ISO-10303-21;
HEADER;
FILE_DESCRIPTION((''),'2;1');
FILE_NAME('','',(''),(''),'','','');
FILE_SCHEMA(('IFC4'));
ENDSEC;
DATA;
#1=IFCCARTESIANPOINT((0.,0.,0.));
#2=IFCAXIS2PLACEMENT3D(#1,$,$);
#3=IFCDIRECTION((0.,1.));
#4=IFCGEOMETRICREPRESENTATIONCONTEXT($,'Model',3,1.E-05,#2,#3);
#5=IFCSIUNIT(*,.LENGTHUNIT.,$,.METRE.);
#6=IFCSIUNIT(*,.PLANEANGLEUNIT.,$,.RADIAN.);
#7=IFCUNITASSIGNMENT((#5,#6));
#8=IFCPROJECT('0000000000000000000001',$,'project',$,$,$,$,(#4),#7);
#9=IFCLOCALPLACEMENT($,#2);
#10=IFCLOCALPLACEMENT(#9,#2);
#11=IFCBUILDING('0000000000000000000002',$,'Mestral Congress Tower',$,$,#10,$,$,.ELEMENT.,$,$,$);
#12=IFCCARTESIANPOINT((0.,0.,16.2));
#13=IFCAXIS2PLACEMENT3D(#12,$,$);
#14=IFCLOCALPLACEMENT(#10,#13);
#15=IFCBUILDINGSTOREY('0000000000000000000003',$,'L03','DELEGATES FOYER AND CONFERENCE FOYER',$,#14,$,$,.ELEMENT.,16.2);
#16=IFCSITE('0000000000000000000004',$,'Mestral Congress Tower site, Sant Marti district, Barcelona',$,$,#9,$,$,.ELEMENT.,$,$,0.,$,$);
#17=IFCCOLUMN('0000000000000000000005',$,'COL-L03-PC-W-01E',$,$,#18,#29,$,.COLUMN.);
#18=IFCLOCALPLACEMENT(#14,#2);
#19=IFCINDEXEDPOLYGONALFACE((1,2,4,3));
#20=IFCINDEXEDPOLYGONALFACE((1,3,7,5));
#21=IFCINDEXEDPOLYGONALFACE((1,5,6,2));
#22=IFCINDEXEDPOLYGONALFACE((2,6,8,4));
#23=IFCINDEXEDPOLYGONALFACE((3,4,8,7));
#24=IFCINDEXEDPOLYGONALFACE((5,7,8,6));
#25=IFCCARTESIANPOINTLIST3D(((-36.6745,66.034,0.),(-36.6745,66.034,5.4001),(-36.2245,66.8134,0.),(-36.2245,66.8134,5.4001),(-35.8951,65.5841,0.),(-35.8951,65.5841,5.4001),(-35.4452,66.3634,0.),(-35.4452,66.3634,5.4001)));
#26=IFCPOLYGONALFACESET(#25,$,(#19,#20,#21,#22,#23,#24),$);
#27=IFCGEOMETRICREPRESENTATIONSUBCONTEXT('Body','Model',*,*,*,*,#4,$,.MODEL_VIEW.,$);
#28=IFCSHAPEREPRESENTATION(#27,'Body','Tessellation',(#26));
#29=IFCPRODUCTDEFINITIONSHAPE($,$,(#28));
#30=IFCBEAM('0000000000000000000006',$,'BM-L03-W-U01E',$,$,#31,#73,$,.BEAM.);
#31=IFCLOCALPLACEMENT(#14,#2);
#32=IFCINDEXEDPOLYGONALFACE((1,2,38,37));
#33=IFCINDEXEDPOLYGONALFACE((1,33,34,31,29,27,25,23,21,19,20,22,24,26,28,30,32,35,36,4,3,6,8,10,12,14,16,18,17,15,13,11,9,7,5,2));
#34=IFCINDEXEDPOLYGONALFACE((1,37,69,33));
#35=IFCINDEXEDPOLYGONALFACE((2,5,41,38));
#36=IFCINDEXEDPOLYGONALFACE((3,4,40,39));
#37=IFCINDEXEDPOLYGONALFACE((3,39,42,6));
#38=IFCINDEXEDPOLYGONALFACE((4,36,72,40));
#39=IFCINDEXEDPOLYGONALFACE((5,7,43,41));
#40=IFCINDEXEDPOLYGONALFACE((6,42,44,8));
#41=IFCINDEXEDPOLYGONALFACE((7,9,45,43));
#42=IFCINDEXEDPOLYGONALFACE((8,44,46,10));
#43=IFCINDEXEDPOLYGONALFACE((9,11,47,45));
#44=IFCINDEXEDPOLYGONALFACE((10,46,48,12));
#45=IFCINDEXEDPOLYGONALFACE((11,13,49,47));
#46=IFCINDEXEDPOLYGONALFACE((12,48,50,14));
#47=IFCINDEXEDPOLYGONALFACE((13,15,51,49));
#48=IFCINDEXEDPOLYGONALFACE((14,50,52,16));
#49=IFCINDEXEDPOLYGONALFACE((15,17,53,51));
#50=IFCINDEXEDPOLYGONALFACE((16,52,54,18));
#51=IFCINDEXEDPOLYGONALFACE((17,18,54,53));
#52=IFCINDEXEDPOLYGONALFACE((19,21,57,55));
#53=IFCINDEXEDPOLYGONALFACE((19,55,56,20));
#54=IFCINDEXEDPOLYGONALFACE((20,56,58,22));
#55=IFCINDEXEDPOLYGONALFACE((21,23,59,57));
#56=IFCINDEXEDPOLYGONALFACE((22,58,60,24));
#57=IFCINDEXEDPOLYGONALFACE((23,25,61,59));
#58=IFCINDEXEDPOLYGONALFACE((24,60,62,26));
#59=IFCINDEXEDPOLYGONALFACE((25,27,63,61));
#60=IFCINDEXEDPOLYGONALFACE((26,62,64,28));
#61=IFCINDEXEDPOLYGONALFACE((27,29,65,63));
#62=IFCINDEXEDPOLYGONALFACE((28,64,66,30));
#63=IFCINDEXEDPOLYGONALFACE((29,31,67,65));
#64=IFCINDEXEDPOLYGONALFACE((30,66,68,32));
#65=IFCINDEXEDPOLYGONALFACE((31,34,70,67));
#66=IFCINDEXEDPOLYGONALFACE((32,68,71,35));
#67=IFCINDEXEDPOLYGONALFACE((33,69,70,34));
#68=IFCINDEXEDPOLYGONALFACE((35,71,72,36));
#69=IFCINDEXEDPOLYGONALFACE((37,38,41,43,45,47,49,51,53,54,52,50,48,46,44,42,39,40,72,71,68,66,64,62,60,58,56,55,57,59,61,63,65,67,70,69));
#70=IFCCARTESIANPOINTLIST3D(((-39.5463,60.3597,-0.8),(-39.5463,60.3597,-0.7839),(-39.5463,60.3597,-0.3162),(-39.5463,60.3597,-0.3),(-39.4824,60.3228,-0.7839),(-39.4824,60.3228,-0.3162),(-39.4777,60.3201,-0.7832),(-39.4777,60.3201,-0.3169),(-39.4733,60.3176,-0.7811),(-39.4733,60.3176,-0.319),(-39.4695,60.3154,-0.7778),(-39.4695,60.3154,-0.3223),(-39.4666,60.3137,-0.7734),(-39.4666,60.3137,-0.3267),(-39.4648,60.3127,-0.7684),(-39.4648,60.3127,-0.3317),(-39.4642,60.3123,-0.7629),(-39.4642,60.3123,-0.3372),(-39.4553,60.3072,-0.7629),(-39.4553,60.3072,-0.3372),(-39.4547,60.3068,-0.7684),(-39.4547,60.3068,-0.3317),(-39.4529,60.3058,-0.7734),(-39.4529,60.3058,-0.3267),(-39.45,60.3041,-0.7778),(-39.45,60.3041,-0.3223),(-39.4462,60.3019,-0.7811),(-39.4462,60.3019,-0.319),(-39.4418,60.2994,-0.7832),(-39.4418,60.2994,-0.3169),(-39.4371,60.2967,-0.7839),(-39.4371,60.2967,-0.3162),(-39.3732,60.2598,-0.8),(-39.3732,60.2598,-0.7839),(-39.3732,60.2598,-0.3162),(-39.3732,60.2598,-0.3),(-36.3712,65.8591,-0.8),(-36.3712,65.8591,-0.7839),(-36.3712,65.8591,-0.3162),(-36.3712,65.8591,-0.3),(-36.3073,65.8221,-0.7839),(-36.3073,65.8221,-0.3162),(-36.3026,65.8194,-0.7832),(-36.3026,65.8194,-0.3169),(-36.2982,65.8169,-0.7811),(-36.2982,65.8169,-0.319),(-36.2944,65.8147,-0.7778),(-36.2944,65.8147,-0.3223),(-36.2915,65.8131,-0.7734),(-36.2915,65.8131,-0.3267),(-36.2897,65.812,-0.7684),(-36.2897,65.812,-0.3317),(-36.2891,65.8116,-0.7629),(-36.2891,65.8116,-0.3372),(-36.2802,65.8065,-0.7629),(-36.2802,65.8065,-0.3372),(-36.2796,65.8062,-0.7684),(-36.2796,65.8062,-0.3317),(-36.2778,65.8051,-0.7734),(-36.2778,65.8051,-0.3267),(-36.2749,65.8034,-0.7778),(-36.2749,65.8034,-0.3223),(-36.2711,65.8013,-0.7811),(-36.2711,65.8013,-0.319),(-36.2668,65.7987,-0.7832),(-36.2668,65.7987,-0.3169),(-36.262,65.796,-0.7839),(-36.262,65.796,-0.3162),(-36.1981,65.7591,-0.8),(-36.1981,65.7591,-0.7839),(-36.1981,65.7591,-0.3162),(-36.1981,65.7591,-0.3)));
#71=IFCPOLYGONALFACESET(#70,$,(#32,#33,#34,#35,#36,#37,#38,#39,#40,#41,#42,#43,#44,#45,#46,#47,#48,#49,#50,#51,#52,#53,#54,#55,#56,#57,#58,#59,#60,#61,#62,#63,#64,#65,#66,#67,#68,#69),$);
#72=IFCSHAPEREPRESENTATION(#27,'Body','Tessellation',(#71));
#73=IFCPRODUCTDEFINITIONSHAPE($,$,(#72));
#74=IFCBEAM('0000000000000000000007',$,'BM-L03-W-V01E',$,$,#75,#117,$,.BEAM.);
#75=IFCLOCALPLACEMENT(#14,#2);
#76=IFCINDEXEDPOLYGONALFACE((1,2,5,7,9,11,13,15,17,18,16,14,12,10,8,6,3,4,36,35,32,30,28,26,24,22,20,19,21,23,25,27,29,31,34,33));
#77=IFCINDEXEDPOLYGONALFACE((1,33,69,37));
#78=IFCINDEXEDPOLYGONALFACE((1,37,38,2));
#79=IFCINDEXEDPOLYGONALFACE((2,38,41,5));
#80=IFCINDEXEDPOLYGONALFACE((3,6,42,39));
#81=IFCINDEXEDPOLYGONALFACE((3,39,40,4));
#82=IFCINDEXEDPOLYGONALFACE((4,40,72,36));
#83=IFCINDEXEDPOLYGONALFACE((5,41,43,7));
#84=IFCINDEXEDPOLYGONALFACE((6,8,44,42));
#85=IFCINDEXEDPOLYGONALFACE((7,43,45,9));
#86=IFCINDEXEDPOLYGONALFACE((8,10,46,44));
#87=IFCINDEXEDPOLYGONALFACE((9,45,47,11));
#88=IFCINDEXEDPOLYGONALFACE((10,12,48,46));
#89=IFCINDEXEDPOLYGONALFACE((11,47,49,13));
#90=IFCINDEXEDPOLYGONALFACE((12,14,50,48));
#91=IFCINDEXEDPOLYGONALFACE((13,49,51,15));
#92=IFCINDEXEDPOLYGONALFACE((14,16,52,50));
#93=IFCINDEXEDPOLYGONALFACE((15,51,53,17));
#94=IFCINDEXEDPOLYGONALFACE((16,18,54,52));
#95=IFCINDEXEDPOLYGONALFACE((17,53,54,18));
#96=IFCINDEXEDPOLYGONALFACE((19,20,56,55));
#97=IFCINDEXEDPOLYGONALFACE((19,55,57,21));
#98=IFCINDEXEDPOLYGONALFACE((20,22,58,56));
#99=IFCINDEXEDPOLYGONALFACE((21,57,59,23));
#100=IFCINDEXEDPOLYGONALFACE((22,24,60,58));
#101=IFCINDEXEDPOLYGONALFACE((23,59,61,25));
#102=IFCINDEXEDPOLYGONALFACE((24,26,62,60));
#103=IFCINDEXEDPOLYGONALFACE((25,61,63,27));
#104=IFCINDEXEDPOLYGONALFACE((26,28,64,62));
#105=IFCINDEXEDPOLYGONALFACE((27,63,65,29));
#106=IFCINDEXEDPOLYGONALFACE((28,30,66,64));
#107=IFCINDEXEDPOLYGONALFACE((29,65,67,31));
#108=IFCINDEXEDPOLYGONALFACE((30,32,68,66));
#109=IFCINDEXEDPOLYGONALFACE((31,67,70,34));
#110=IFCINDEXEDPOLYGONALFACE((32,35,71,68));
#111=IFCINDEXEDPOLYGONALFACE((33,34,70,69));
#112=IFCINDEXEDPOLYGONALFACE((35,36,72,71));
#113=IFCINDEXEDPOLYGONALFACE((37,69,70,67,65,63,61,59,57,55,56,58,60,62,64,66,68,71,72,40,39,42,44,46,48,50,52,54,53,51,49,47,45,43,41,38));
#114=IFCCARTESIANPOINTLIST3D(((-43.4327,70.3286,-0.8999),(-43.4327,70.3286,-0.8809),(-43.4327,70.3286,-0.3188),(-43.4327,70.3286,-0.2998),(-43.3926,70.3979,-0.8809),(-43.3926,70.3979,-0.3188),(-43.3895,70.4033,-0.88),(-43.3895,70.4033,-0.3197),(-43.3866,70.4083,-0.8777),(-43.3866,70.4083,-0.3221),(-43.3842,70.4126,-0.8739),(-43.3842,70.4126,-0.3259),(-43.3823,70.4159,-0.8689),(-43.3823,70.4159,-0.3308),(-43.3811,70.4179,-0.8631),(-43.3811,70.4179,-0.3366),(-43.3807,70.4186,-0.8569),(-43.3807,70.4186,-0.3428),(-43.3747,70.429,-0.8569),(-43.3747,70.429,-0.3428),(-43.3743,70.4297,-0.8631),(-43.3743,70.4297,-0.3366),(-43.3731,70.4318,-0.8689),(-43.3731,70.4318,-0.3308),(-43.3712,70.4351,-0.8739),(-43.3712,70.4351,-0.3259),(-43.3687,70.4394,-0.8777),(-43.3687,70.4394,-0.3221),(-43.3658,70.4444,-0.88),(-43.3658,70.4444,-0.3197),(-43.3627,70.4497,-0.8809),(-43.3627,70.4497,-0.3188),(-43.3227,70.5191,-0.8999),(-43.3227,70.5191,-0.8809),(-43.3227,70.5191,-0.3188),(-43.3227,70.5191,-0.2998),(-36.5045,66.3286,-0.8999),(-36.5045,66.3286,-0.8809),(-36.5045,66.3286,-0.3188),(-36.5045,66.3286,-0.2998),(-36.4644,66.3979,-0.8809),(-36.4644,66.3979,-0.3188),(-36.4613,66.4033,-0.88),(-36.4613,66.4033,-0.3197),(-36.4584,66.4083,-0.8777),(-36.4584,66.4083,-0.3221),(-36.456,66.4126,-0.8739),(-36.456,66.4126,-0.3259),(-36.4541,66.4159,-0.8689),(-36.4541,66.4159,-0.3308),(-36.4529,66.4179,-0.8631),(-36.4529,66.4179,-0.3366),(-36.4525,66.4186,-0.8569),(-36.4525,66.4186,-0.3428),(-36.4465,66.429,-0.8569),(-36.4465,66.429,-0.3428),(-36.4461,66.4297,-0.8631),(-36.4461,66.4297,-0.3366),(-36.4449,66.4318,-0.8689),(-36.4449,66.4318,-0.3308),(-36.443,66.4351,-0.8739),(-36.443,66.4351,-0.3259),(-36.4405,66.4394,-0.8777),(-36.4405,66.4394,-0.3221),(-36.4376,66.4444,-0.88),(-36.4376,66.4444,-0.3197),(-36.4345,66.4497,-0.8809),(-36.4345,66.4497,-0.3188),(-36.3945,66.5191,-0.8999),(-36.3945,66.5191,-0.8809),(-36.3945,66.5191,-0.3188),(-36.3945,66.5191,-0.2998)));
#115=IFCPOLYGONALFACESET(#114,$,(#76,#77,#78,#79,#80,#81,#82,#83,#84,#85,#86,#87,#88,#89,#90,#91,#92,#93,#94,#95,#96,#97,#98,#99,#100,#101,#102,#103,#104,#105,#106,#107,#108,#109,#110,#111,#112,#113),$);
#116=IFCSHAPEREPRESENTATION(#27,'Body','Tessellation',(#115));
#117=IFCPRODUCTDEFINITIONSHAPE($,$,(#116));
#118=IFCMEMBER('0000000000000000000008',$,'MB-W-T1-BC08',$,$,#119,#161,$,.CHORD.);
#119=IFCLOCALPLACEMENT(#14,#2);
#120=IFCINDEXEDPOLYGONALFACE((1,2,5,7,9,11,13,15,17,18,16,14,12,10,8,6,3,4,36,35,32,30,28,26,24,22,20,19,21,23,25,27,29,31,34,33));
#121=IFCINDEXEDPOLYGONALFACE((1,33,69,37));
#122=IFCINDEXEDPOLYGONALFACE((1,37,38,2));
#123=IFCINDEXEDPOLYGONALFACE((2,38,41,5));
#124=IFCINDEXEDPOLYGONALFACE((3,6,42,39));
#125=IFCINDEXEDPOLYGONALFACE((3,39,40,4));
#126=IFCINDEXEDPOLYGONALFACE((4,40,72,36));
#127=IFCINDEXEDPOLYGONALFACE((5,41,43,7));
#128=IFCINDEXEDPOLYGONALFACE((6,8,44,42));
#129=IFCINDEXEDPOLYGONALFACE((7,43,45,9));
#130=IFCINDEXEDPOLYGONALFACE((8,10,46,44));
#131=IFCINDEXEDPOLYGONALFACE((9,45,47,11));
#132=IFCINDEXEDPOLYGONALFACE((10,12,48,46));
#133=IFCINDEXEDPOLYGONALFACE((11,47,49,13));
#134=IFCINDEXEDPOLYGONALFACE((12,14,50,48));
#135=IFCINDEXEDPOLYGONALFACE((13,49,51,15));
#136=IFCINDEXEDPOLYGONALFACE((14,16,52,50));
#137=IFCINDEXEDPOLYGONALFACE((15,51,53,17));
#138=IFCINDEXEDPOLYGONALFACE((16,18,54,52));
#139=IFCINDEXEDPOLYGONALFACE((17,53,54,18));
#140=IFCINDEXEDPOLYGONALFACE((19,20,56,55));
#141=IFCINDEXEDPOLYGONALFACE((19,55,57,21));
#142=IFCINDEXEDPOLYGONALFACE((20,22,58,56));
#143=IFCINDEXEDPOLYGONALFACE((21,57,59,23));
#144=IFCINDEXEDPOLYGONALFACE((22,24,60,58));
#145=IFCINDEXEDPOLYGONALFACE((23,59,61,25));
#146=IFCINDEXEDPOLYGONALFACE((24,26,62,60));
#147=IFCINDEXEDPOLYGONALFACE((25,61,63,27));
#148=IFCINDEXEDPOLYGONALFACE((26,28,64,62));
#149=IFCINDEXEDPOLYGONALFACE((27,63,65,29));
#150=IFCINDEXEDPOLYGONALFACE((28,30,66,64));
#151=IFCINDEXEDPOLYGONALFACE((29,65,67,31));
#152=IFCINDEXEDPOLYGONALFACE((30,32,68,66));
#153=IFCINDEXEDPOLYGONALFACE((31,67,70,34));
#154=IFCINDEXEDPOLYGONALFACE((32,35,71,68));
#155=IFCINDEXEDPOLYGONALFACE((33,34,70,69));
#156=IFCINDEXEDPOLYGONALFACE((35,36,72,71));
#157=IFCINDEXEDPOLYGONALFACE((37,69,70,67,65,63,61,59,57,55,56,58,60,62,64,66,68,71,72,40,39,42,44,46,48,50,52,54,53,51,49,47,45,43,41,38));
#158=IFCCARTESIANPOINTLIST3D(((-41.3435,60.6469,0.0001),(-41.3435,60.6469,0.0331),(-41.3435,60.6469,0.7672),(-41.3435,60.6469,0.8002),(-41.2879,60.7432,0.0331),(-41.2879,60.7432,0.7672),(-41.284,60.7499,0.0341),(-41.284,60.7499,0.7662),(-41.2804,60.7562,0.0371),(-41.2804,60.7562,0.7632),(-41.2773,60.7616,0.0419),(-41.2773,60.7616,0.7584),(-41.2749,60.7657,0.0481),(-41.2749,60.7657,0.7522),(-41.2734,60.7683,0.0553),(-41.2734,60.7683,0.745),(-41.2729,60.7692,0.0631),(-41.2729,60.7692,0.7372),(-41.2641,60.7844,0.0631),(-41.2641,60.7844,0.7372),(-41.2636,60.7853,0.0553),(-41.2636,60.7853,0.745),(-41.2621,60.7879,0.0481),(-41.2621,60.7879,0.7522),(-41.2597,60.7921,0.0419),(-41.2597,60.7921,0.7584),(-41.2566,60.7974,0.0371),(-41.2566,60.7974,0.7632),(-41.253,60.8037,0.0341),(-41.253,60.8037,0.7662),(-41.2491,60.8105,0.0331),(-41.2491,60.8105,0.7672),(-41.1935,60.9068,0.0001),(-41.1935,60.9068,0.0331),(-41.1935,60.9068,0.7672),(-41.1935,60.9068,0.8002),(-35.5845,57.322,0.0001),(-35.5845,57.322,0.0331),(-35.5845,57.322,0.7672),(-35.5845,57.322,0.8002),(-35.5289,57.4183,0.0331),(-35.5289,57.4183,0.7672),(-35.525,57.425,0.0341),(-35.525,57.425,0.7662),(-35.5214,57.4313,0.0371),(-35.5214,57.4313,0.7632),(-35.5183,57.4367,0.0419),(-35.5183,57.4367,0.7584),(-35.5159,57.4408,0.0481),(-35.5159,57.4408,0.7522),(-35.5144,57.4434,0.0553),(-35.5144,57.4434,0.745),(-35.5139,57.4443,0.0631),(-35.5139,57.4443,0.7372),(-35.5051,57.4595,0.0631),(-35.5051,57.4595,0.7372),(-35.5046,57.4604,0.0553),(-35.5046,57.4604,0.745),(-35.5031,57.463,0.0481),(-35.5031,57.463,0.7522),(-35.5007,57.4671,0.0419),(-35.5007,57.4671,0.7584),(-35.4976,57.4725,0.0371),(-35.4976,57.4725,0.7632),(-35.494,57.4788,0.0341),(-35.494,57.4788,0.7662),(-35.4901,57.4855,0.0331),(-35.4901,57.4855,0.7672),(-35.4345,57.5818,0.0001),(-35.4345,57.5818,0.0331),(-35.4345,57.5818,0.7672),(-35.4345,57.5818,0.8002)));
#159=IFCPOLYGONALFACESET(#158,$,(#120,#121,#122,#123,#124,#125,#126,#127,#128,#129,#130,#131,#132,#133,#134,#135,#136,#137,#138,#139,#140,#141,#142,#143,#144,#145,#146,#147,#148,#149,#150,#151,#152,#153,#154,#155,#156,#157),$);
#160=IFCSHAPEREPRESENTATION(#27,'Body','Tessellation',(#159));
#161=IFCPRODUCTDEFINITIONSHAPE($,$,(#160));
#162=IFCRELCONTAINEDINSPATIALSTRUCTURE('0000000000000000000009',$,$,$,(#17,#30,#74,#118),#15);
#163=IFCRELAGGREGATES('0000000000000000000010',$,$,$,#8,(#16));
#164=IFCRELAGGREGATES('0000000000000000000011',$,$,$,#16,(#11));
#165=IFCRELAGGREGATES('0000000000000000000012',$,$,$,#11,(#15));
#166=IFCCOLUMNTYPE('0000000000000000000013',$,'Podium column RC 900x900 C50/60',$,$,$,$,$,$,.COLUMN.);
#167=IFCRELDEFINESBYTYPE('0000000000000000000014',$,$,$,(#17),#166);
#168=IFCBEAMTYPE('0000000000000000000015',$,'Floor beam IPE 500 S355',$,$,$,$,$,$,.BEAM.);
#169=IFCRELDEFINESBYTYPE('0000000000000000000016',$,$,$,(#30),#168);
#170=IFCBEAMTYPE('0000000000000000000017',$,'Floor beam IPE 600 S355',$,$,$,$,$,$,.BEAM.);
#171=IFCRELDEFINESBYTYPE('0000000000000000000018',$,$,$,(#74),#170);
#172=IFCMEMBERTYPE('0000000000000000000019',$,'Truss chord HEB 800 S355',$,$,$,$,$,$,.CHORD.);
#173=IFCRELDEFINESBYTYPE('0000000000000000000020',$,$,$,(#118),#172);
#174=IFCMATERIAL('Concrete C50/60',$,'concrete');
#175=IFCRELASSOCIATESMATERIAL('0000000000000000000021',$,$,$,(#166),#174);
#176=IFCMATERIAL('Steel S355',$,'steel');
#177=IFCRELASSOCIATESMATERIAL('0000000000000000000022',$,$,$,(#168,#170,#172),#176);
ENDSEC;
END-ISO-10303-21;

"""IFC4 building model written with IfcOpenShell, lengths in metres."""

from ifc_helpers import new_model, si_unit, direction, frame, origin, origin_2d, place, context, subcontext, project, spatial, rectangle, i_section, extrude, material, material_profile, profile_set, type_object, element, save


model = new_model("IFC4")

# Units and contexts
model_context = context("Model", 3, precision=1e-05, world=origin(), true_north=direction((0.0, 1.0)))
body_context = subcontext(model_context, "Body", "Model", "MODEL_VIEW")
ifc_project = project(units=[si_unit("LENGTHUNIT", "METRE"), si_unit("PLANEANGLEUNIT", "RADIAN")], contexts=[model_context])

# Site, building, storey
site_placement = place(None, origin())
site = spatial("IfcSite", under=ifc_project, at=site_placement, Name="Mestral Congress Tower site, Sant Marti district, Barcelona", CompositionType="ELEMENT", RefElevation=0.0)
building_placement = place(site_placement, origin())
building = spatial("IfcBuilding", under=site, at=building_placement, Name="Mestral Congress Tower", CompositionType="ELEMENT")
storey_placement = place(building_placement, frame((0.0, 0.0, 16.2)))
storey = spatial("IfcBuildingStorey", under=building, at=storey_placement, Name="L03", Description="DELEGATES FOYER AND CONFERENCE FOYER", CompositionType="ELEMENT", Elevation=16.2)

# Column
ifc_material_1 = material(Name="Concrete C50/60", Category="concrete")
ifc_material_profile_1 = material_profile(ifc_material_1, rectangle(XDim=0.8999, YDim=0.8999, at=origin_2d()), Name="RC 900x900")
ifc_profile_set_1 = profile_set([ifc_material_profile_1], Name="Concrete C50/60")
column_type = type_object("IfcColumnType", Name="Podium column RC 900x900 C50/60", PredefinedType="COLUMN", material=ifc_profile_set_1)
column_placement = place(storey_placement, frame((-36.0598, 66.1987, 0.0), z_axis=(0.0, 0.0, 1.0), x_axis=(-0.5, -0.866025, 0.0)))
element("IfcColumn", 1, at=column_placement, inside=storey, type_object=column_type, Name="COL-L03-PC-W-01E", PredefinedType="COLUMN", context=body_context, shape_type="SweptSolid", body=[
    extrude(rectangle(XDim=0.8999, YDim=0.8999, at=origin_2d()), origin(), (0.0, 0.0, 1.0), 5.4001),
])

# Beams
ifc_material_2 = material(Name="Steel S355", Category="steel")
ifc_material_profile_2 = material_profile(ifc_material_2, i_section(OverallWidth=0.2, OverallDepth=0.5, WebThickness=0.0103, FlangeThickness=0.0161, FilletRadius=0.021, at=origin_2d()), Name="IPE 500")
ifc_profile_set_2 = profile_set([ifc_material_profile_2], Name="Steel S355")
beam_type_1 = type_object("IfcBeamType", Name="Floor beam IPE 500 S355", PredefinedType="BEAM", material=ifc_profile_set_2)
beam_1_placement = place(storey_placement, frame((-36.2847, 65.8091, -0.55), z_axis=(-0.500005, -0.866022, 0.0), x_axis=(0.866022, -0.500005, 0.0)))
element("IfcBeam", 2, at=beam_1_placement, inside=storey, type_object=beam_type_1, Name="BM-L03-W-U01E", PredefinedType="BEAM", context=body_context, shape_type="SweptSolid", body=[
    extrude(i_section(OverallWidth=0.2, OverallDepth=0.5, WebThickness=0.0103, FlangeThickness=0.0161, FilletRadius=0.021, at=origin_2d()), origin(), (0.0, 0.0, 1.0), 6.3501),
])
ifc_material_profile_3 = material_profile(ifc_material_2, i_section(OverallWidth=0.22, OverallDepth=0.6001, WebThickness=0.012, FlangeThickness=0.019, FilletRadius=0.0239, at=origin_2d()), Name="IPE 600")
ifc_profile_set_3 = profile_set([ifc_material_profile_3], Name="Steel S355")
beam_type_2 = type_object("IfcBeamType", Name="Floor beam IPE 600 S355", PredefinedType="BEAM", material=ifc_profile_set_3)
beam_2_placement = place(storey_placement, frame((-36.4495, 66.4238, -0.5999), z_axis=(-0.866026, 0.499999, 0.0), x_axis=(-0.499999, -0.866026, 0.0)))
element("IfcBeam", 3, at=beam_2_placement, inside=storey, type_object=beam_type_2, Name="BM-L03-W-V01E", PredefinedType="BEAM", context=body_context, shape_type="SweptSolid", body=[
    extrude(i_section(OverallWidth=0.22, OverallDepth=0.6001, WebThickness=0.012, FlangeThickness=0.019, FilletRadius=0.0239, at=origin_2d()), origin(), (0.0, 0.0, 1.0), 8.0),
])

# Member
ifc_material_profile_4 = material_profile(ifc_material_2, i_section(OverallWidth=0.3, OverallDepth=0.8, WebThickness=0.0176, FlangeThickness=0.033, FilletRadius=0.03, at=origin_2d()), Name="HEB 800")
ifc_profile_set_4 = profile_set([ifc_material_profile_4], Name="Steel S355")
member_type_1 = type_object("IfcMemberType", Name="Truss chord HEB 800 S355", PredefinedType="CHORD", material=ifc_profile_set_4)
member_1_placement = place(storey_placement, frame((-35.5095, 57.4519, 0.4001), z_axis=(-0.866027, 0.499997, 0.0), x_axis=(-0.499997, -0.866027, 0.0)))
element("IfcMember", 4, at=member_1_placement, inside=storey, type_object=member_type_1, Name="MB-W-T1-BC08", PredefinedType="CHORD", context=body_context, shape_type="SweptSolid", body=[
    extrude(i_section(OverallWidth=0.3, OverallDepth=0.8, WebThickness=0.0176, FlangeThickness=0.033, FilletRadius=0.03, at=origin_2d()), origin(), (0.0, 0.0, 1.0), 6.6499),
])

save(model, "model.ifc")
